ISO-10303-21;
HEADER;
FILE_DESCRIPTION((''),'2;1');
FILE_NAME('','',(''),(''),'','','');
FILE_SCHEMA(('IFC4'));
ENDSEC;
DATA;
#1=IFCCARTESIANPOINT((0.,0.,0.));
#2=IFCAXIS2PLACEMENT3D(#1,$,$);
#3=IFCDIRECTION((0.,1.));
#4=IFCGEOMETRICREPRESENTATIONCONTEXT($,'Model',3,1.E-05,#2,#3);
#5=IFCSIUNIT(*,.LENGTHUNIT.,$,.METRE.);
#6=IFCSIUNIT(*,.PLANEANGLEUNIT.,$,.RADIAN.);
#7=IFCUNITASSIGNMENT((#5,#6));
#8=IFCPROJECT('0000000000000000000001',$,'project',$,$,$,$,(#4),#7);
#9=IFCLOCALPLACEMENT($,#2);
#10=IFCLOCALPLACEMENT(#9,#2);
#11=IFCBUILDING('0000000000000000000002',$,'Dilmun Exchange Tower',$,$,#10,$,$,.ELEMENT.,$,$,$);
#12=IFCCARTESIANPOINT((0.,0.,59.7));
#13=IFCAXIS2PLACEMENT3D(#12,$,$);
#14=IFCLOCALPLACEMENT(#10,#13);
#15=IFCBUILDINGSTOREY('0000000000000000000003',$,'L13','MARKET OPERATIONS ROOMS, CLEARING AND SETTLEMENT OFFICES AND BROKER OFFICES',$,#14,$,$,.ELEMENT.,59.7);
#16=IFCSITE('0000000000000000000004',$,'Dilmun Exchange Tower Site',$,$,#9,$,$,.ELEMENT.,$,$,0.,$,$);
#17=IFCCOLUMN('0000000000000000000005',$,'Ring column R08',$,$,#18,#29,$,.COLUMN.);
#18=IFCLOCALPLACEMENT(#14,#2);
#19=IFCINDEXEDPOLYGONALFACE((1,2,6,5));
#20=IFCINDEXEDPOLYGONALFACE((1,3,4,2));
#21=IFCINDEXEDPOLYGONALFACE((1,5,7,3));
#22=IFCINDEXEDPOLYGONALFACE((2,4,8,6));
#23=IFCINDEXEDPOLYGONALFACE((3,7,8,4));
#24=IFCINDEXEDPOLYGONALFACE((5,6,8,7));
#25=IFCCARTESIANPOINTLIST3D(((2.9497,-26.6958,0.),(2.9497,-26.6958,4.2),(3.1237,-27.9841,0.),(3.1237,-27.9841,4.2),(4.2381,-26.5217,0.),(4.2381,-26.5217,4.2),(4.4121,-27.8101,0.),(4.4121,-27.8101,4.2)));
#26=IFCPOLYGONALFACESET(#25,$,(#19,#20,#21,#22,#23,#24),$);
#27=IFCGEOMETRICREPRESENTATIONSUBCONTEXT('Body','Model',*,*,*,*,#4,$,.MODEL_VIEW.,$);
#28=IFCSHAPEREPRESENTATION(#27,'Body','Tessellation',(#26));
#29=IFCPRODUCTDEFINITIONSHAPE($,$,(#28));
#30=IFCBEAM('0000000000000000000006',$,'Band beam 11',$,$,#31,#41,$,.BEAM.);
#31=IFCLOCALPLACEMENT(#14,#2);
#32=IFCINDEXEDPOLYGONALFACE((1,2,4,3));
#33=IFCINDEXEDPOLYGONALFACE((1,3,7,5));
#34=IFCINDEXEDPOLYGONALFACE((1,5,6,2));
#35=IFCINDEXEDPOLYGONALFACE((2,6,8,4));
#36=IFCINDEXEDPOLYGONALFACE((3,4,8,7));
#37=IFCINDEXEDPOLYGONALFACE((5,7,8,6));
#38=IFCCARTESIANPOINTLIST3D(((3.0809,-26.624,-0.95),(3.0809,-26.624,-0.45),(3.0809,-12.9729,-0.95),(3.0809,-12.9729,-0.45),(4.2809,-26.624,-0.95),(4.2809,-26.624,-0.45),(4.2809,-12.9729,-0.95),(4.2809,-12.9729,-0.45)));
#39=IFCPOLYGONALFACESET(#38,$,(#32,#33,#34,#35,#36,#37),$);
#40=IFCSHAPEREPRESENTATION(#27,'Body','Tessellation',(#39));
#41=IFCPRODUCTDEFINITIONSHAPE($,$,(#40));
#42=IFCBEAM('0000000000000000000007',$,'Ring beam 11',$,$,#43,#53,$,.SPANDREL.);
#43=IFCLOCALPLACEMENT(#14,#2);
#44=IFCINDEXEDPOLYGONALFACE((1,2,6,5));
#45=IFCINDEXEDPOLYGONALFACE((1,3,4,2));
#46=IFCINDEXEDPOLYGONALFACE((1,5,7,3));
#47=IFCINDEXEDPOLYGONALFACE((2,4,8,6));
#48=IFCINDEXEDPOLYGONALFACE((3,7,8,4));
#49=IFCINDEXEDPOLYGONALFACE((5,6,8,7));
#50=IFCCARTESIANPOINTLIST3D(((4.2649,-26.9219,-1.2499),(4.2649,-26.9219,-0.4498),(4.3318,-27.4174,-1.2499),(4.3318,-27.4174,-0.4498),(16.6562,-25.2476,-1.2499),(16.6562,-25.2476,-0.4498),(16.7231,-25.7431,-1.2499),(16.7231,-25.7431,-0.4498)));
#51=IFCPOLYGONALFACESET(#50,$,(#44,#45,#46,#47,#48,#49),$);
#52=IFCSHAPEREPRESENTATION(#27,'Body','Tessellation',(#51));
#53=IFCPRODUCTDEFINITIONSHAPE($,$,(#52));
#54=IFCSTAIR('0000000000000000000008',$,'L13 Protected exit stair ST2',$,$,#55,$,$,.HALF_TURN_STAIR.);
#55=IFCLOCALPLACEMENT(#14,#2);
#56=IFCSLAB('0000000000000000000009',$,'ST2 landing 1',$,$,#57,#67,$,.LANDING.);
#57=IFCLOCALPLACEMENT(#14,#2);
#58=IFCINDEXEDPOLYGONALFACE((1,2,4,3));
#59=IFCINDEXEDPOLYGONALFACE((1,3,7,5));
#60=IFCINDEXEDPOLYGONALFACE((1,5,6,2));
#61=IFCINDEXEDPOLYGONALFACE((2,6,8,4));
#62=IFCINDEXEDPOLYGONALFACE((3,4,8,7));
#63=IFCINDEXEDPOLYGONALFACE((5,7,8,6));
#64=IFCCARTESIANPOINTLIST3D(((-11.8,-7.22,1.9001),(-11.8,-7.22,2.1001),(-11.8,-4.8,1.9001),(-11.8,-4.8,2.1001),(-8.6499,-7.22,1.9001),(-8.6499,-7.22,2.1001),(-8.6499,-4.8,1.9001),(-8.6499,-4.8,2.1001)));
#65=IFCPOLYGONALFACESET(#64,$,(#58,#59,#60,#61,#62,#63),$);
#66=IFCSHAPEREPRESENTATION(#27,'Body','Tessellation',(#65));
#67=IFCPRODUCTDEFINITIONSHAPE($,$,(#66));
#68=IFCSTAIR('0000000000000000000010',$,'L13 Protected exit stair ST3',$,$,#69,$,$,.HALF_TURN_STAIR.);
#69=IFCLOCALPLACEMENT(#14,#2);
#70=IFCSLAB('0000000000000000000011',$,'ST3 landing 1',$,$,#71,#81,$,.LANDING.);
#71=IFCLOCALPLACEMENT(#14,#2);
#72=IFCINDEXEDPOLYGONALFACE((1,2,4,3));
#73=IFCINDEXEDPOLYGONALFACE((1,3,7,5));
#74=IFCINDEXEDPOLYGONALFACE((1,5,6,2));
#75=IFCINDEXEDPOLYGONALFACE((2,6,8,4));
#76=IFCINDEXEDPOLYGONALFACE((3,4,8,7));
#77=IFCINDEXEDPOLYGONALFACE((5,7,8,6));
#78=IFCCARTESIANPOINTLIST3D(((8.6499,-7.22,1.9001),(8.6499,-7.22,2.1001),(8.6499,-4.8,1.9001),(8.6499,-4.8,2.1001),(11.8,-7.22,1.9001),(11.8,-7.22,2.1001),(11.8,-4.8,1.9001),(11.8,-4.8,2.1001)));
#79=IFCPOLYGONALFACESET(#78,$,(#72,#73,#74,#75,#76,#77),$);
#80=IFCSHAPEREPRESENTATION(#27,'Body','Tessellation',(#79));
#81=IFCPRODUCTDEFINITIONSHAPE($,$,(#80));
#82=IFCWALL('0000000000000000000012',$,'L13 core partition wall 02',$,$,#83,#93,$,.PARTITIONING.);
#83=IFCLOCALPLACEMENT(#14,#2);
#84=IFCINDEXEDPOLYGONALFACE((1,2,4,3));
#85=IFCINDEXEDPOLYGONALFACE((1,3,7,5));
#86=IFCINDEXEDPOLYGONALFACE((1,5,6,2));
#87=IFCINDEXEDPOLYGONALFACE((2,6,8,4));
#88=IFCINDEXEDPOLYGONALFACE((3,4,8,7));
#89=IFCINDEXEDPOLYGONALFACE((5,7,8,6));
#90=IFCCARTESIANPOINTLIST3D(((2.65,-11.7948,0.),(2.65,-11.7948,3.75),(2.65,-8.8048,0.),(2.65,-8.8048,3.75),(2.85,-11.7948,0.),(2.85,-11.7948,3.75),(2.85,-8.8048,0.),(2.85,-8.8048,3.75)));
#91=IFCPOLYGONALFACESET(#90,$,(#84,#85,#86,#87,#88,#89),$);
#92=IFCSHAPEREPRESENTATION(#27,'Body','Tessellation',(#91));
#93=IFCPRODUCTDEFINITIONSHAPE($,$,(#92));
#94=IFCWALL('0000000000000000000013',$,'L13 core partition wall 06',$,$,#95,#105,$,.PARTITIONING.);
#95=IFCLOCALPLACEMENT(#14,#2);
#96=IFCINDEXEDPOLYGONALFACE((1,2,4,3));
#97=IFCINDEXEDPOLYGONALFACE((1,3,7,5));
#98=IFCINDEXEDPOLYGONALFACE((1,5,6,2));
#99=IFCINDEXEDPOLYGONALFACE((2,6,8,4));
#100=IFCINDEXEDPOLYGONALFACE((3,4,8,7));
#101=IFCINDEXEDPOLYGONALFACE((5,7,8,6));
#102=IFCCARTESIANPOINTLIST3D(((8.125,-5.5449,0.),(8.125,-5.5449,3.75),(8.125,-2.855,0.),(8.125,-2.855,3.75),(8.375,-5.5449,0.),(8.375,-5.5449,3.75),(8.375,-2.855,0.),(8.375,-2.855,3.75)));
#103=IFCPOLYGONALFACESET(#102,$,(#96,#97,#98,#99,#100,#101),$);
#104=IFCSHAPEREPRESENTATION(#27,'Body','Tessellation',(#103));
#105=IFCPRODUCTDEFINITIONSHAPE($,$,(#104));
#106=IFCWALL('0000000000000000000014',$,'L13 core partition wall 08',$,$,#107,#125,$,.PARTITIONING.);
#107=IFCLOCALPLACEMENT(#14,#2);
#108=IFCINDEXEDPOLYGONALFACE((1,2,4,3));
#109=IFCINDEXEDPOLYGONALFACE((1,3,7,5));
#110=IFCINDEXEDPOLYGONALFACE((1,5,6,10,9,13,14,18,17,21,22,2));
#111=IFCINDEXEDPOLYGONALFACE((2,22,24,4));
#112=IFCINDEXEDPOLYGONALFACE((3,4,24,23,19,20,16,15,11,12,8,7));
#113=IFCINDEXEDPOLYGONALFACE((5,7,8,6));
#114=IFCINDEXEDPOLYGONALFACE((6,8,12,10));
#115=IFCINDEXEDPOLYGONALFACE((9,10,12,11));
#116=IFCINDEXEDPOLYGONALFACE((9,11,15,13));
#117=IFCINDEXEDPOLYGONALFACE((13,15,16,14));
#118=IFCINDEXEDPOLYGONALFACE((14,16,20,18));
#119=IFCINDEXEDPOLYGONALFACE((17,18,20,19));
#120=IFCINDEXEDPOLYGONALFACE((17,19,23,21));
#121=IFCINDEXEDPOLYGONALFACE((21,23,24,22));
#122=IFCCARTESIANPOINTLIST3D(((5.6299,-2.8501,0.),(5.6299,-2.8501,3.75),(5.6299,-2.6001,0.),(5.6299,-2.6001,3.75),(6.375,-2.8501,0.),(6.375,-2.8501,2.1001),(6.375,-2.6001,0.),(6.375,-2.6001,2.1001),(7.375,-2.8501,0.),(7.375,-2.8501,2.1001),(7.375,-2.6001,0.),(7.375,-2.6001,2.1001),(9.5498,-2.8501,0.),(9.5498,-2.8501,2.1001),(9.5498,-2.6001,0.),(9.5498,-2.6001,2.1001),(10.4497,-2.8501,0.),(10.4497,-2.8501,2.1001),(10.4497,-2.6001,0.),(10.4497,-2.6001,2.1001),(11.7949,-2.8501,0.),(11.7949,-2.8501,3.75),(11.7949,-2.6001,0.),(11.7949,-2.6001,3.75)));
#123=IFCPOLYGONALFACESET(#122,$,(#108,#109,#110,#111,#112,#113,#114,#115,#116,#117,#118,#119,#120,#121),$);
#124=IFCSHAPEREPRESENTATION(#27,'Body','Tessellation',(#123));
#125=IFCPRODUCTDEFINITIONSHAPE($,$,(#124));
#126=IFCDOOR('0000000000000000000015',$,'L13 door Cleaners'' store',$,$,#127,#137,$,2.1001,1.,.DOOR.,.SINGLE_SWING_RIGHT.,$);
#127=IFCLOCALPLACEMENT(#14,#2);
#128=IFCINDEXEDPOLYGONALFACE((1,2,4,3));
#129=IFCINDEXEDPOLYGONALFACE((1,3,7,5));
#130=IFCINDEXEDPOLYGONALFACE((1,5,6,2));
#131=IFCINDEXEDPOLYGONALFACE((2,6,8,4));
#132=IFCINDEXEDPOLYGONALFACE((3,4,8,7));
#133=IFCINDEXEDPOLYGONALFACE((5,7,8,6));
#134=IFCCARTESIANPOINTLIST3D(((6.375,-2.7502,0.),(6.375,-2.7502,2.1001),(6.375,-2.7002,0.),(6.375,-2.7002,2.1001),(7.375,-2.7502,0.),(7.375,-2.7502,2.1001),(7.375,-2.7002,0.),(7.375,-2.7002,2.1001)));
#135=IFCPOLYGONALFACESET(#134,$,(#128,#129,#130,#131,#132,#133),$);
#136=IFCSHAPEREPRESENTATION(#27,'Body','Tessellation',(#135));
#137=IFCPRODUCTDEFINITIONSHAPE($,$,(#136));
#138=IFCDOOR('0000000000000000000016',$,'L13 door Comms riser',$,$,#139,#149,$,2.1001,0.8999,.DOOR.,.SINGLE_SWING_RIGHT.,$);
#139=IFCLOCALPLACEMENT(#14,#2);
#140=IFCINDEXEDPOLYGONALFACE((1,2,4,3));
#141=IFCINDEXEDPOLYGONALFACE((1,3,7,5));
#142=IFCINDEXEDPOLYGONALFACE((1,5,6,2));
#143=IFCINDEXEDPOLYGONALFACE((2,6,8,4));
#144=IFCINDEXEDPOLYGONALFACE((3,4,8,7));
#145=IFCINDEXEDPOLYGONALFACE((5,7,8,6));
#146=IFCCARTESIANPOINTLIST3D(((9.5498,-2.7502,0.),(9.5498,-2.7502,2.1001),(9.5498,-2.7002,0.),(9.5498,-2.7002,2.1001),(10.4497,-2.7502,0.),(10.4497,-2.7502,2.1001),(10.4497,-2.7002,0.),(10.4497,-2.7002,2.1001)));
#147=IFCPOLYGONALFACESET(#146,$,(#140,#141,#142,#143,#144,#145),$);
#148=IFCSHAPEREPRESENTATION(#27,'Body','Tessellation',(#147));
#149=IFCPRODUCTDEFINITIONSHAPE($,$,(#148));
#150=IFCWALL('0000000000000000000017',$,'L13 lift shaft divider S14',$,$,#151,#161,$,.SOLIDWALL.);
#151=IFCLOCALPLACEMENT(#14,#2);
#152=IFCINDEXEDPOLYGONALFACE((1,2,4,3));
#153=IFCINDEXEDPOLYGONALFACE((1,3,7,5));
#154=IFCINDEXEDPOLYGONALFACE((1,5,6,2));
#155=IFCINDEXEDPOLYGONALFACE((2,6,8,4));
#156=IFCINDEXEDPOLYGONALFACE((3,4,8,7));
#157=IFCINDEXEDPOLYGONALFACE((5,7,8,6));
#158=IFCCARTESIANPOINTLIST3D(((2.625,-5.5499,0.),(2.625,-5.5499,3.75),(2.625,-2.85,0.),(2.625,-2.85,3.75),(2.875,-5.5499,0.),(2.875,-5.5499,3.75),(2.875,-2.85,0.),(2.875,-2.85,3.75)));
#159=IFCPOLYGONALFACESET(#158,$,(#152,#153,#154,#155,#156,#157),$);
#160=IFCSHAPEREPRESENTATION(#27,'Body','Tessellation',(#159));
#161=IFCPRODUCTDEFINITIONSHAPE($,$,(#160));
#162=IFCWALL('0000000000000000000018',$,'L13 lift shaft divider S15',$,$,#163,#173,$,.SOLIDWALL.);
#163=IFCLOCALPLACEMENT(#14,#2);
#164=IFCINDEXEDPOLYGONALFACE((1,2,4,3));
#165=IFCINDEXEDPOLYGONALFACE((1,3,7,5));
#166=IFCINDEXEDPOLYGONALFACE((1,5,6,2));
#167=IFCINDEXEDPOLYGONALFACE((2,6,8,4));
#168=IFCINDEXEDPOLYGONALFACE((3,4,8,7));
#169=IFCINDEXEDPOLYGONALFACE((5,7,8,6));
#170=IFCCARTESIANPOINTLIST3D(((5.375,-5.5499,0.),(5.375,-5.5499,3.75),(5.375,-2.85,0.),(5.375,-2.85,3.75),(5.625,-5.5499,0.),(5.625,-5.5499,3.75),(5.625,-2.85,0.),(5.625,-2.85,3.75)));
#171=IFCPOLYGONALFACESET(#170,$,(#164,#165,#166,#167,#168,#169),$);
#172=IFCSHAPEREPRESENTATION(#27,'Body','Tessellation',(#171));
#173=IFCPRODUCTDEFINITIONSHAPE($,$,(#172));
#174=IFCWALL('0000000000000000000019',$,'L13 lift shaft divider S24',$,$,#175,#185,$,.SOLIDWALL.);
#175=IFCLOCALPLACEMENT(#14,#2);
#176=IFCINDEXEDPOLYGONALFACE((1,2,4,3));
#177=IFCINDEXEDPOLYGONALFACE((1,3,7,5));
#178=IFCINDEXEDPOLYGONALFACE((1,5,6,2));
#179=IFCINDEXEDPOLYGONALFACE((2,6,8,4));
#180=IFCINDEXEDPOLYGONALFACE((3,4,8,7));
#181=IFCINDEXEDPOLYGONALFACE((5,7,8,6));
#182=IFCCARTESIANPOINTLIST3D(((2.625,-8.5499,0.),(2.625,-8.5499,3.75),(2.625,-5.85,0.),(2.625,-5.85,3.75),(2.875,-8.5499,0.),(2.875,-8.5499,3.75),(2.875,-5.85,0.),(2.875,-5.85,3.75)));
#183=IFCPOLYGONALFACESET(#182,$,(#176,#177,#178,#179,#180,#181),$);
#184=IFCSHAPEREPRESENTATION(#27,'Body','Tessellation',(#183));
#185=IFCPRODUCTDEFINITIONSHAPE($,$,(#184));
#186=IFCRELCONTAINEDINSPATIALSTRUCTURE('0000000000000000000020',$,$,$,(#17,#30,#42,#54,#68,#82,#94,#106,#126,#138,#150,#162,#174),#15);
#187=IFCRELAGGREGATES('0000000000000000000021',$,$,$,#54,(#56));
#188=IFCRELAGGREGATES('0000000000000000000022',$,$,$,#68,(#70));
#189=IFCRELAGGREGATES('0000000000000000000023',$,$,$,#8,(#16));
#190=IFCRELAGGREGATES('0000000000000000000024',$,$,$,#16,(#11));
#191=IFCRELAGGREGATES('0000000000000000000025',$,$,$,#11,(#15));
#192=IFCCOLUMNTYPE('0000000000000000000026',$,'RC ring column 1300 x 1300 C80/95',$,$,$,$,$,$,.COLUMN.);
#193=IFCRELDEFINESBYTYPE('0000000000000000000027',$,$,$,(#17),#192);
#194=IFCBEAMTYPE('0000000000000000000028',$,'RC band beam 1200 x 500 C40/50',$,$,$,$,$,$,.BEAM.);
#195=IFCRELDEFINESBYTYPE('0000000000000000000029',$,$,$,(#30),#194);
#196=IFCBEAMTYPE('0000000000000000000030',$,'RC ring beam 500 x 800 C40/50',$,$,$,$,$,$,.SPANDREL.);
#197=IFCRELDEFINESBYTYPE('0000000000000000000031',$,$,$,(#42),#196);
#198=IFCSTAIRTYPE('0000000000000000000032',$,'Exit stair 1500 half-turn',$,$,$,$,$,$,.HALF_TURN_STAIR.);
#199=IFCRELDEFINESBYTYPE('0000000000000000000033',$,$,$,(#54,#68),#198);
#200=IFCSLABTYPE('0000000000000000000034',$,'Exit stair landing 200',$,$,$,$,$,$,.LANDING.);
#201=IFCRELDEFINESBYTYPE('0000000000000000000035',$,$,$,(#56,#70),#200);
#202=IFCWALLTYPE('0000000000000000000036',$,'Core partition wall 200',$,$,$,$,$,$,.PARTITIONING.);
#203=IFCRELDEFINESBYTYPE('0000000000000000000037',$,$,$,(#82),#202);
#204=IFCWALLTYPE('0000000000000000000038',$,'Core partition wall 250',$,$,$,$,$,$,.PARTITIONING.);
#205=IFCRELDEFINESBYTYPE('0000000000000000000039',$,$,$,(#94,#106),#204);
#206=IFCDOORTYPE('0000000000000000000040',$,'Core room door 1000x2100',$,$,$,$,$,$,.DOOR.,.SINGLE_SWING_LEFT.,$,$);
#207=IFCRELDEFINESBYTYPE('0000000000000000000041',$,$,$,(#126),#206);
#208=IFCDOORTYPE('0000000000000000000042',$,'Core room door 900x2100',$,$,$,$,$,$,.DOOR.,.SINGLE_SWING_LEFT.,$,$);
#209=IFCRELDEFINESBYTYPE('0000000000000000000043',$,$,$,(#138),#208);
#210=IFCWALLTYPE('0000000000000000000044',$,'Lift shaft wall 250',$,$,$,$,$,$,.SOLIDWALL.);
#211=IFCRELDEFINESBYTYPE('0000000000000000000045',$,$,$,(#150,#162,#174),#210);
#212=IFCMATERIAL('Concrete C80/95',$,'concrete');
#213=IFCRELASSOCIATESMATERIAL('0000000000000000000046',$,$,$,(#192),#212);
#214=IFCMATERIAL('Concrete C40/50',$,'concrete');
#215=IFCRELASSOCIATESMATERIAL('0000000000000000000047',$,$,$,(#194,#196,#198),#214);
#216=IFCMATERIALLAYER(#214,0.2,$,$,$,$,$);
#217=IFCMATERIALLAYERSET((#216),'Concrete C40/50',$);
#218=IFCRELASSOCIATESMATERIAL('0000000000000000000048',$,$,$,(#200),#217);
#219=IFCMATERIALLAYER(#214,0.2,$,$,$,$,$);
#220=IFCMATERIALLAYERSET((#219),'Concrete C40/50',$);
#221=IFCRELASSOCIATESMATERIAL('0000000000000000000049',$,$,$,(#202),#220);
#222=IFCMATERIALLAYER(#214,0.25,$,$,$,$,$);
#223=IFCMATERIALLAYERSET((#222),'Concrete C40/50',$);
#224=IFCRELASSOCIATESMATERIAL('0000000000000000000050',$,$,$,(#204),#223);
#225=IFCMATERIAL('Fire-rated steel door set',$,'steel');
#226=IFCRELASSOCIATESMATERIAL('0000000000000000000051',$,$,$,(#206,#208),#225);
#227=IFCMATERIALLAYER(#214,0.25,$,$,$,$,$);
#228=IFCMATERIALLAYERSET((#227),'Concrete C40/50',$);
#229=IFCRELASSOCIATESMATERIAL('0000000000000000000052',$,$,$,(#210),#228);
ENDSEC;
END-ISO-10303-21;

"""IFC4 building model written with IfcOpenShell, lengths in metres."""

from ifc_helpers import new_model, si_unit, direction, frame, frame_2d, origin, origin_2d, place, context, subcontext, project, spatial, polyline, rectangle, outline, extrude, material, layer, layer_set, material_profile, profile_set, type_object, element, fill, aggregate, save


model = new_model("IFC4")

# Units and contexts
model_context = context("Model", 3, precision=1e-05, world=origin(), true_north=direction((0.0, 1.0)))
body_context = subcontext(model_context, "Body", "Model", "MODEL_VIEW")
ifc_project = project(units=[si_unit("LENGTHUNIT", "METRE"), si_unit("PLANEANGLEUNIT", "RADIAN")], contexts=[model_context])

# Site, building, storey
site_placement = place(None, origin())
site = spatial("IfcSite", under=ifc_project, at=site_placement, Name="Dilmun Exchange Tower Site", CompositionType="ELEMENT", RefElevation=0.0)
building_placement = place(site_placement, origin())
building = spatial("IfcBuilding", under=site, at=building_placement, Name="Dilmun Exchange Tower", CompositionType="ELEMENT")
storey_placement = place(building_placement, frame((0.0, 0.0, 59.7)))
storey = spatial("IfcBuildingStorey", under=building, at=storey_placement, Name="L13", Description="MARKET OPERATIONS ROOMS, CLEARING AND SETTLEMENT OFFICES AND BROKER OFFICES", CompositionType="ELEMENT", Elevation=59.7)

# Column
ifc_material_1 = material(Name="Concrete C80/95", Category="concrete")
ifc_material_profile_1 = material_profile(ifc_material_1, rectangle(XDim=1.3, YDim=1.3, at=origin_2d()), Name="1300 x 1300")
ifc_profile_set_1 = profile_set([ifc_material_profile_1], Name="Concrete C80/95")
column_type = type_object("IfcColumnType", Name="RC ring column 1300 x 1300 C80/95", PredefinedType="COLUMN", material=ifc_profile_set_1)
column_placement = place(storey_placement, frame((3.6809, -27.2529, 0.0), z_axis=(0.0, 0.0, 1.0), x_axis=(0.991001, 0.133853, 0.0)))
element("IfcColumn", 1, at=column_placement, inside=storey, type_object=column_type, Name="Ring column R08", PredefinedType="COLUMN", context=body_context, shape_type="SweptSolid", body=[
    extrude(rectangle(XDim=1.3, YDim=1.3, at=origin_2d()), origin(), (0.0, 0.0, 1.0), 4.2),
])

# Beams
ifc_material_2 = material(Name="Concrete C40/50", Category="concrete")
ifc_material_profile_2 = material_profile(ifc_material_2, rectangle(XDim=1.2, YDim=0.5, at=origin_2d()), Name="1200 x 500")
ifc_profile_set_2 = profile_set([ifc_material_profile_2], Name="Concrete C40/50")
beam_type_1 = type_object("IfcBeamType", Name="RC band beam 1200 x 500 C40/50", PredefinedType="BEAM", material=ifc_profile_set_2)
beam_1_placement = place(storey_placement, frame((3.6809, -26.624, -0.7), z_axis=(0.0, 1.0, 0.0), x_axis=(-1.0, 0.0, 0.0)))
element("IfcBeam", 2, at=beam_1_placement, inside=storey, type_object=beam_type_1, Name="Band beam 11", PredefinedType="BEAM", context=body_context, shape_type="SweptSolid", body=[
    extrude(rectangle(XDim=1.2, YDim=0.5, at=origin_2d()), origin(), (0.0, 0.0, 1.0), 13.6511),
])
ifc_material_profile_3 = material_profile(ifc_material_2, rectangle(XDim=0.5, YDim=0.8, at=origin_2d()), Name="500 x 800")
ifc_profile_set_3 = profile_set([ifc_material_profile_3], Name="Concrete C40/50")
beam_type_2 = type_object("IfcBeamType", Name="RC ring beam 500 x 800 C40/50", PredefinedType="SPANDREL", material=ifc_profile_set_3)
beam_2_placement = place(storey_placement, frame((4.2983, -27.1697, -0.8499), z_axis=(0.990994, 0.133903, 0.0), x_axis=(-0.133903, 0.990994, 0.0)))
element("IfcBeam", 3, at=beam_2_placement, inside=storey, type_object=beam_type_2, Name="Ring beam 11", PredefinedType="SPANDREL", context=body_context, shape_type="SweptSolid", body=[
    extrude(rectangle(XDim=0.5, YDim=0.8, at=origin_2d()), origin(), (0.0, 0.0, 1.0), 12.5039),
])

# Stairs, slabs
stair_type = type_object("IfcStairType", Name="Exit stair 1500 half-turn", PredefinedType="HALF_TURN_STAIR", material=ifc_material_2)
stair_1_placement = place(storey_placement, origin())
stair_1 = element("IfcStair", 4, at=stair_1_placement, inside=storey, type_object=stair_type, Name="L13 Protected exit stair ST2", PredefinedType="HALF_TURN_STAIR")
ifc_layer_1 = layer(ifc_material_2, 0.2)
ifc_layer_set_1 = layer_set([ifc_layer_1], Name="Concrete C40/50")
slab_type = type_object("IfcSlabType", Name="Exit stair landing 200", PredefinedType="LANDING", material=ifc_layer_set_1)
slab_1_placement = place(storey_placement, frame((0.0, 0.0, 1.9001)))
slab_1 = element("IfcSlab", 5, at=slab_1_placement, type_object=slab_type, Name="ST2 landing 1", PredefinedType="LANDING", context=body_context, shape_type="SweptSolid", body=[
    extrude(outline(polyline([(-8.6499, -7.22), (-8.6499, -4.8), (-11.8, -4.8), (-11.8, -7.22), (-8.6499, -7.22)])), origin(), (0.0, 0.0, 1.0), 0.2),
])
aggregate(stair_1, [slab_1])
stair_2_placement = place(storey_placement, origin())
stair_2 = element("IfcStair", 6, at=stair_2_placement, inside=storey, type_object=stair_type, Name="L13 Protected exit stair ST3", PredefinedType="HALF_TURN_STAIR")
slab_2_placement = place(storey_placement, frame((0.0, 0.0, 1.9001)))
slab_2 = element("IfcSlab", 7, at=slab_2_placement, type_object=slab_type, Name="ST3 landing 1", PredefinedType="LANDING", context=body_context, shape_type="SweptSolid", body=[
    extrude(outline(polyline([(11.8, -7.22), (11.8, -4.8), (8.6499, -4.8), (8.6499, -7.22), (11.8, -7.22)])), origin(), (0.0, 0.0, 1.0), 0.2),
])
aggregate(stair_2, [slab_2])

# Wall
ifc_layer_2 = layer(ifc_material_2, 0.2)
ifc_layer_set_2 = layer_set([ifc_layer_2], Name="Concrete C40/50")
wall_type_1 = type_object("IfcWallType", Name="Core partition wall 200", PredefinedType="PARTITIONING", material=ifc_layer_set_2)
wall_1_placement = place(storey_placement, frame((2.75, -11.7949, 0.0), z_axis=(0.0, 0.0, 1.0), x_axis=(0.0, 1.0, 0.0)))
element("IfcWall", 8, at=wall_1_placement, inside=storey, type_object=wall_type_1, Name="L13 core partition wall 02", PredefinedType="PARTITIONING", context=body_context, shape_type="SweptSolid", body=[
    extrude(rectangle(XDim=2.99, YDim=0.2, at=frame_2d((1.4951, 0.0))), origin(), (0.0, 0.0, 1.0), 3.75),
])

# Shared definitions
ifc_material_3 = material(Name="Fire-rated steel door set", Category="steel")

# Wall
ifc_layer_3 = layer(ifc_material_2, 0.25)
ifc_layer_set_3 = layer_set([ifc_layer_3], Name="Concrete C40/50")
wall_type_2 = type_object("IfcWallType", Name="Core partition wall 250", PredefinedType="PARTITIONING", material=ifc_layer_set_3)
wall_2_placement = place(storey_placement, frame((8.25, -5.5449, 0.0), z_axis=(0.0, 0.0, 1.0), x_axis=(0.0, 1.0, 0.0)))
element("IfcWall", 9, at=wall_2_placement, inside=storey, type_object=wall_type_2, Name="L13 core partition wall 06", PredefinedType="PARTITIONING", context=body_context, shape_type="SweptSolid", body=[
    extrude(rectangle(XDim=2.6899, YDim=0.25, at=frame_2d((1.345, 0.0))), origin(), (0.0, 0.0, 1.0), 3.75),
])

# Wall, openings, doors
wall_3_placement = place(storey_placement, frame((5.6299, -2.7251, 0.0), z_axis=(0.0, 0.0, 1.0), x_axis=(1.0, 0.0, 0.0)))
wall_3 = element("IfcWall", 10, at=wall_3_placement, inside=storey, type_object=wall_type_2, Name="L13 core partition wall 08", PredefinedType="PARTITIONING", context=body_context, shape_type="SweptSolid", body=[
    extrude(rectangle(XDim=6.165, YDim=0.25, at=frame_2d((3.0825, 0.0))), origin(), (0.0, 0.0, 1.0), 3.75),
])
opening_1_placement = place(wall_3_placement, frame((0.7451, 0.0, 0.0)))
opening_1 = element("IfcOpeningElement", 11, at=opening_1_placement, cuts=wall_3, PredefinedType="OPENING", context=body_context, shape_type="SweptSolid", body=[
    extrude(rectangle(XDim=1.0, YDim=2.1001, at=frame_2d((0.5, 1.05))), frame((0.0, 0.135, 0.0), z_axis=(0.0, -1.0, 0.0), x_axis=(1.0, 0.0, 0.0)), (0.0, 0.0, 1.0), 0.27),
])
opening_2_placement = place(wall_3_placement, frame((3.9199, 0.0, 0.0)))
opening_2 = element("IfcOpeningElement", 12, at=opening_2_placement, cuts=wall_3, PredefinedType="OPENING", context=body_context, shape_type="SweptSolid", body=[
    extrude(rectangle(XDim=0.8999, YDim=2.1001, at=frame_2d((0.45, 1.05))), frame((0.0, 0.135, 0.0), z_axis=(0.0, -1.0, 0.0), x_axis=(1.0, 0.0, 0.0)), (0.0, 0.0, 1.0), 0.27),
])
door_type_1 = type_object("IfcDoorType", Name="Core room door 1000x2100", OperationType="SINGLE_SWING_LEFT", PredefinedType="DOOR", material=ifc_material_3)
door_1_placement = place(opening_1_placement, origin())
door_1 = element("IfcDoor", 13, at=door_1_placement, inside=storey, type_object=door_type_1, Name="L13 door Cleaners' store", OperationType="SINGLE_SWING_RIGHT", OverallHeight=2.1001, OverallWidth=1.0, PredefinedType="DOOR", context=body_context, shape_type="SweptSolid", body=[
    extrude(rectangle(XDim=1.0, YDim=2.1001, at=frame_2d((0.5, 1.05))), frame((0.0, 0.0249, 0.0), z_axis=(0.0, -1.0, 0.0), x_axis=(1.0, 0.0, 0.0)), (0.0, 0.0, 1.0), 0.05),
])
fill(opening_1, door_1)
door_type_2 = type_object("IfcDoorType", Name="Core room door 900x2100", OperationType="SINGLE_SWING_LEFT", PredefinedType="DOOR", material=ifc_material_3)
door_2_placement = place(opening_2_placement, origin())
door_2 = element("IfcDoor", 14, at=door_2_placement, inside=storey, type_object=door_type_2, Name="L13 door Comms riser", OperationType="SINGLE_SWING_RIGHT", OverallHeight=2.1001, OverallWidth=0.8999, PredefinedType="DOOR", context=body_context, shape_type="SweptSolid", body=[
    extrude(rectangle(XDim=0.8999, YDim=2.1001, at=frame_2d((0.45, 1.05))), frame((0.0, 0.0249, 0.0), z_axis=(0.0, -1.0, 0.0), x_axis=(1.0, 0.0, 0.0)), (0.0, 0.0, 1.0), 0.05),
])
fill(opening_2, door_2)

# Walls
ifc_layer_4 = layer(ifc_material_2, 0.25)
ifc_layer_set_4 = layer_set([ifc_layer_4], Name="Concrete C40/50")
wall_type_3 = type_object("IfcWallType", Name="Lift shaft wall 250", PredefinedType="SOLIDWALL", material=ifc_layer_set_4)
for number, where, z_axis, x_axis, name in (
    (15, (2.75, -5.55, 0.0), (0.0, 0.0, 1.0), (0.0, 1.0, 0.0), "L13 lift shaft divider S14"),
    (16, (5.5, -5.55, 0.0), (0.0, 0.0, 1.0), (0.0, 1.0, 0.0), "L13 lift shaft divider S15"),
    (17, (2.75, -8.55, 0.0), (0.0, 0.0, 1.0), (0.0, 1.0, 0.0), "L13 lift shaft divider S24"),
):
    element("IfcWall", number, at=place(storey_placement, frame(where, z_axis=z_axis, x_axis=x_axis)), inside=storey, type_object=wall_type_3, Name=name, PredefinedType="SOLIDWALL", context=body_context, shape_type="SweptSolid", body=[
        extrude(rectangle(XDim=2.7, YDim=0.25, at=frame_2d((1.3501, 0.0))), origin(), (0.0, 0.0, 1.0), 3.75),
    ])

save(model, "model.ifc")
